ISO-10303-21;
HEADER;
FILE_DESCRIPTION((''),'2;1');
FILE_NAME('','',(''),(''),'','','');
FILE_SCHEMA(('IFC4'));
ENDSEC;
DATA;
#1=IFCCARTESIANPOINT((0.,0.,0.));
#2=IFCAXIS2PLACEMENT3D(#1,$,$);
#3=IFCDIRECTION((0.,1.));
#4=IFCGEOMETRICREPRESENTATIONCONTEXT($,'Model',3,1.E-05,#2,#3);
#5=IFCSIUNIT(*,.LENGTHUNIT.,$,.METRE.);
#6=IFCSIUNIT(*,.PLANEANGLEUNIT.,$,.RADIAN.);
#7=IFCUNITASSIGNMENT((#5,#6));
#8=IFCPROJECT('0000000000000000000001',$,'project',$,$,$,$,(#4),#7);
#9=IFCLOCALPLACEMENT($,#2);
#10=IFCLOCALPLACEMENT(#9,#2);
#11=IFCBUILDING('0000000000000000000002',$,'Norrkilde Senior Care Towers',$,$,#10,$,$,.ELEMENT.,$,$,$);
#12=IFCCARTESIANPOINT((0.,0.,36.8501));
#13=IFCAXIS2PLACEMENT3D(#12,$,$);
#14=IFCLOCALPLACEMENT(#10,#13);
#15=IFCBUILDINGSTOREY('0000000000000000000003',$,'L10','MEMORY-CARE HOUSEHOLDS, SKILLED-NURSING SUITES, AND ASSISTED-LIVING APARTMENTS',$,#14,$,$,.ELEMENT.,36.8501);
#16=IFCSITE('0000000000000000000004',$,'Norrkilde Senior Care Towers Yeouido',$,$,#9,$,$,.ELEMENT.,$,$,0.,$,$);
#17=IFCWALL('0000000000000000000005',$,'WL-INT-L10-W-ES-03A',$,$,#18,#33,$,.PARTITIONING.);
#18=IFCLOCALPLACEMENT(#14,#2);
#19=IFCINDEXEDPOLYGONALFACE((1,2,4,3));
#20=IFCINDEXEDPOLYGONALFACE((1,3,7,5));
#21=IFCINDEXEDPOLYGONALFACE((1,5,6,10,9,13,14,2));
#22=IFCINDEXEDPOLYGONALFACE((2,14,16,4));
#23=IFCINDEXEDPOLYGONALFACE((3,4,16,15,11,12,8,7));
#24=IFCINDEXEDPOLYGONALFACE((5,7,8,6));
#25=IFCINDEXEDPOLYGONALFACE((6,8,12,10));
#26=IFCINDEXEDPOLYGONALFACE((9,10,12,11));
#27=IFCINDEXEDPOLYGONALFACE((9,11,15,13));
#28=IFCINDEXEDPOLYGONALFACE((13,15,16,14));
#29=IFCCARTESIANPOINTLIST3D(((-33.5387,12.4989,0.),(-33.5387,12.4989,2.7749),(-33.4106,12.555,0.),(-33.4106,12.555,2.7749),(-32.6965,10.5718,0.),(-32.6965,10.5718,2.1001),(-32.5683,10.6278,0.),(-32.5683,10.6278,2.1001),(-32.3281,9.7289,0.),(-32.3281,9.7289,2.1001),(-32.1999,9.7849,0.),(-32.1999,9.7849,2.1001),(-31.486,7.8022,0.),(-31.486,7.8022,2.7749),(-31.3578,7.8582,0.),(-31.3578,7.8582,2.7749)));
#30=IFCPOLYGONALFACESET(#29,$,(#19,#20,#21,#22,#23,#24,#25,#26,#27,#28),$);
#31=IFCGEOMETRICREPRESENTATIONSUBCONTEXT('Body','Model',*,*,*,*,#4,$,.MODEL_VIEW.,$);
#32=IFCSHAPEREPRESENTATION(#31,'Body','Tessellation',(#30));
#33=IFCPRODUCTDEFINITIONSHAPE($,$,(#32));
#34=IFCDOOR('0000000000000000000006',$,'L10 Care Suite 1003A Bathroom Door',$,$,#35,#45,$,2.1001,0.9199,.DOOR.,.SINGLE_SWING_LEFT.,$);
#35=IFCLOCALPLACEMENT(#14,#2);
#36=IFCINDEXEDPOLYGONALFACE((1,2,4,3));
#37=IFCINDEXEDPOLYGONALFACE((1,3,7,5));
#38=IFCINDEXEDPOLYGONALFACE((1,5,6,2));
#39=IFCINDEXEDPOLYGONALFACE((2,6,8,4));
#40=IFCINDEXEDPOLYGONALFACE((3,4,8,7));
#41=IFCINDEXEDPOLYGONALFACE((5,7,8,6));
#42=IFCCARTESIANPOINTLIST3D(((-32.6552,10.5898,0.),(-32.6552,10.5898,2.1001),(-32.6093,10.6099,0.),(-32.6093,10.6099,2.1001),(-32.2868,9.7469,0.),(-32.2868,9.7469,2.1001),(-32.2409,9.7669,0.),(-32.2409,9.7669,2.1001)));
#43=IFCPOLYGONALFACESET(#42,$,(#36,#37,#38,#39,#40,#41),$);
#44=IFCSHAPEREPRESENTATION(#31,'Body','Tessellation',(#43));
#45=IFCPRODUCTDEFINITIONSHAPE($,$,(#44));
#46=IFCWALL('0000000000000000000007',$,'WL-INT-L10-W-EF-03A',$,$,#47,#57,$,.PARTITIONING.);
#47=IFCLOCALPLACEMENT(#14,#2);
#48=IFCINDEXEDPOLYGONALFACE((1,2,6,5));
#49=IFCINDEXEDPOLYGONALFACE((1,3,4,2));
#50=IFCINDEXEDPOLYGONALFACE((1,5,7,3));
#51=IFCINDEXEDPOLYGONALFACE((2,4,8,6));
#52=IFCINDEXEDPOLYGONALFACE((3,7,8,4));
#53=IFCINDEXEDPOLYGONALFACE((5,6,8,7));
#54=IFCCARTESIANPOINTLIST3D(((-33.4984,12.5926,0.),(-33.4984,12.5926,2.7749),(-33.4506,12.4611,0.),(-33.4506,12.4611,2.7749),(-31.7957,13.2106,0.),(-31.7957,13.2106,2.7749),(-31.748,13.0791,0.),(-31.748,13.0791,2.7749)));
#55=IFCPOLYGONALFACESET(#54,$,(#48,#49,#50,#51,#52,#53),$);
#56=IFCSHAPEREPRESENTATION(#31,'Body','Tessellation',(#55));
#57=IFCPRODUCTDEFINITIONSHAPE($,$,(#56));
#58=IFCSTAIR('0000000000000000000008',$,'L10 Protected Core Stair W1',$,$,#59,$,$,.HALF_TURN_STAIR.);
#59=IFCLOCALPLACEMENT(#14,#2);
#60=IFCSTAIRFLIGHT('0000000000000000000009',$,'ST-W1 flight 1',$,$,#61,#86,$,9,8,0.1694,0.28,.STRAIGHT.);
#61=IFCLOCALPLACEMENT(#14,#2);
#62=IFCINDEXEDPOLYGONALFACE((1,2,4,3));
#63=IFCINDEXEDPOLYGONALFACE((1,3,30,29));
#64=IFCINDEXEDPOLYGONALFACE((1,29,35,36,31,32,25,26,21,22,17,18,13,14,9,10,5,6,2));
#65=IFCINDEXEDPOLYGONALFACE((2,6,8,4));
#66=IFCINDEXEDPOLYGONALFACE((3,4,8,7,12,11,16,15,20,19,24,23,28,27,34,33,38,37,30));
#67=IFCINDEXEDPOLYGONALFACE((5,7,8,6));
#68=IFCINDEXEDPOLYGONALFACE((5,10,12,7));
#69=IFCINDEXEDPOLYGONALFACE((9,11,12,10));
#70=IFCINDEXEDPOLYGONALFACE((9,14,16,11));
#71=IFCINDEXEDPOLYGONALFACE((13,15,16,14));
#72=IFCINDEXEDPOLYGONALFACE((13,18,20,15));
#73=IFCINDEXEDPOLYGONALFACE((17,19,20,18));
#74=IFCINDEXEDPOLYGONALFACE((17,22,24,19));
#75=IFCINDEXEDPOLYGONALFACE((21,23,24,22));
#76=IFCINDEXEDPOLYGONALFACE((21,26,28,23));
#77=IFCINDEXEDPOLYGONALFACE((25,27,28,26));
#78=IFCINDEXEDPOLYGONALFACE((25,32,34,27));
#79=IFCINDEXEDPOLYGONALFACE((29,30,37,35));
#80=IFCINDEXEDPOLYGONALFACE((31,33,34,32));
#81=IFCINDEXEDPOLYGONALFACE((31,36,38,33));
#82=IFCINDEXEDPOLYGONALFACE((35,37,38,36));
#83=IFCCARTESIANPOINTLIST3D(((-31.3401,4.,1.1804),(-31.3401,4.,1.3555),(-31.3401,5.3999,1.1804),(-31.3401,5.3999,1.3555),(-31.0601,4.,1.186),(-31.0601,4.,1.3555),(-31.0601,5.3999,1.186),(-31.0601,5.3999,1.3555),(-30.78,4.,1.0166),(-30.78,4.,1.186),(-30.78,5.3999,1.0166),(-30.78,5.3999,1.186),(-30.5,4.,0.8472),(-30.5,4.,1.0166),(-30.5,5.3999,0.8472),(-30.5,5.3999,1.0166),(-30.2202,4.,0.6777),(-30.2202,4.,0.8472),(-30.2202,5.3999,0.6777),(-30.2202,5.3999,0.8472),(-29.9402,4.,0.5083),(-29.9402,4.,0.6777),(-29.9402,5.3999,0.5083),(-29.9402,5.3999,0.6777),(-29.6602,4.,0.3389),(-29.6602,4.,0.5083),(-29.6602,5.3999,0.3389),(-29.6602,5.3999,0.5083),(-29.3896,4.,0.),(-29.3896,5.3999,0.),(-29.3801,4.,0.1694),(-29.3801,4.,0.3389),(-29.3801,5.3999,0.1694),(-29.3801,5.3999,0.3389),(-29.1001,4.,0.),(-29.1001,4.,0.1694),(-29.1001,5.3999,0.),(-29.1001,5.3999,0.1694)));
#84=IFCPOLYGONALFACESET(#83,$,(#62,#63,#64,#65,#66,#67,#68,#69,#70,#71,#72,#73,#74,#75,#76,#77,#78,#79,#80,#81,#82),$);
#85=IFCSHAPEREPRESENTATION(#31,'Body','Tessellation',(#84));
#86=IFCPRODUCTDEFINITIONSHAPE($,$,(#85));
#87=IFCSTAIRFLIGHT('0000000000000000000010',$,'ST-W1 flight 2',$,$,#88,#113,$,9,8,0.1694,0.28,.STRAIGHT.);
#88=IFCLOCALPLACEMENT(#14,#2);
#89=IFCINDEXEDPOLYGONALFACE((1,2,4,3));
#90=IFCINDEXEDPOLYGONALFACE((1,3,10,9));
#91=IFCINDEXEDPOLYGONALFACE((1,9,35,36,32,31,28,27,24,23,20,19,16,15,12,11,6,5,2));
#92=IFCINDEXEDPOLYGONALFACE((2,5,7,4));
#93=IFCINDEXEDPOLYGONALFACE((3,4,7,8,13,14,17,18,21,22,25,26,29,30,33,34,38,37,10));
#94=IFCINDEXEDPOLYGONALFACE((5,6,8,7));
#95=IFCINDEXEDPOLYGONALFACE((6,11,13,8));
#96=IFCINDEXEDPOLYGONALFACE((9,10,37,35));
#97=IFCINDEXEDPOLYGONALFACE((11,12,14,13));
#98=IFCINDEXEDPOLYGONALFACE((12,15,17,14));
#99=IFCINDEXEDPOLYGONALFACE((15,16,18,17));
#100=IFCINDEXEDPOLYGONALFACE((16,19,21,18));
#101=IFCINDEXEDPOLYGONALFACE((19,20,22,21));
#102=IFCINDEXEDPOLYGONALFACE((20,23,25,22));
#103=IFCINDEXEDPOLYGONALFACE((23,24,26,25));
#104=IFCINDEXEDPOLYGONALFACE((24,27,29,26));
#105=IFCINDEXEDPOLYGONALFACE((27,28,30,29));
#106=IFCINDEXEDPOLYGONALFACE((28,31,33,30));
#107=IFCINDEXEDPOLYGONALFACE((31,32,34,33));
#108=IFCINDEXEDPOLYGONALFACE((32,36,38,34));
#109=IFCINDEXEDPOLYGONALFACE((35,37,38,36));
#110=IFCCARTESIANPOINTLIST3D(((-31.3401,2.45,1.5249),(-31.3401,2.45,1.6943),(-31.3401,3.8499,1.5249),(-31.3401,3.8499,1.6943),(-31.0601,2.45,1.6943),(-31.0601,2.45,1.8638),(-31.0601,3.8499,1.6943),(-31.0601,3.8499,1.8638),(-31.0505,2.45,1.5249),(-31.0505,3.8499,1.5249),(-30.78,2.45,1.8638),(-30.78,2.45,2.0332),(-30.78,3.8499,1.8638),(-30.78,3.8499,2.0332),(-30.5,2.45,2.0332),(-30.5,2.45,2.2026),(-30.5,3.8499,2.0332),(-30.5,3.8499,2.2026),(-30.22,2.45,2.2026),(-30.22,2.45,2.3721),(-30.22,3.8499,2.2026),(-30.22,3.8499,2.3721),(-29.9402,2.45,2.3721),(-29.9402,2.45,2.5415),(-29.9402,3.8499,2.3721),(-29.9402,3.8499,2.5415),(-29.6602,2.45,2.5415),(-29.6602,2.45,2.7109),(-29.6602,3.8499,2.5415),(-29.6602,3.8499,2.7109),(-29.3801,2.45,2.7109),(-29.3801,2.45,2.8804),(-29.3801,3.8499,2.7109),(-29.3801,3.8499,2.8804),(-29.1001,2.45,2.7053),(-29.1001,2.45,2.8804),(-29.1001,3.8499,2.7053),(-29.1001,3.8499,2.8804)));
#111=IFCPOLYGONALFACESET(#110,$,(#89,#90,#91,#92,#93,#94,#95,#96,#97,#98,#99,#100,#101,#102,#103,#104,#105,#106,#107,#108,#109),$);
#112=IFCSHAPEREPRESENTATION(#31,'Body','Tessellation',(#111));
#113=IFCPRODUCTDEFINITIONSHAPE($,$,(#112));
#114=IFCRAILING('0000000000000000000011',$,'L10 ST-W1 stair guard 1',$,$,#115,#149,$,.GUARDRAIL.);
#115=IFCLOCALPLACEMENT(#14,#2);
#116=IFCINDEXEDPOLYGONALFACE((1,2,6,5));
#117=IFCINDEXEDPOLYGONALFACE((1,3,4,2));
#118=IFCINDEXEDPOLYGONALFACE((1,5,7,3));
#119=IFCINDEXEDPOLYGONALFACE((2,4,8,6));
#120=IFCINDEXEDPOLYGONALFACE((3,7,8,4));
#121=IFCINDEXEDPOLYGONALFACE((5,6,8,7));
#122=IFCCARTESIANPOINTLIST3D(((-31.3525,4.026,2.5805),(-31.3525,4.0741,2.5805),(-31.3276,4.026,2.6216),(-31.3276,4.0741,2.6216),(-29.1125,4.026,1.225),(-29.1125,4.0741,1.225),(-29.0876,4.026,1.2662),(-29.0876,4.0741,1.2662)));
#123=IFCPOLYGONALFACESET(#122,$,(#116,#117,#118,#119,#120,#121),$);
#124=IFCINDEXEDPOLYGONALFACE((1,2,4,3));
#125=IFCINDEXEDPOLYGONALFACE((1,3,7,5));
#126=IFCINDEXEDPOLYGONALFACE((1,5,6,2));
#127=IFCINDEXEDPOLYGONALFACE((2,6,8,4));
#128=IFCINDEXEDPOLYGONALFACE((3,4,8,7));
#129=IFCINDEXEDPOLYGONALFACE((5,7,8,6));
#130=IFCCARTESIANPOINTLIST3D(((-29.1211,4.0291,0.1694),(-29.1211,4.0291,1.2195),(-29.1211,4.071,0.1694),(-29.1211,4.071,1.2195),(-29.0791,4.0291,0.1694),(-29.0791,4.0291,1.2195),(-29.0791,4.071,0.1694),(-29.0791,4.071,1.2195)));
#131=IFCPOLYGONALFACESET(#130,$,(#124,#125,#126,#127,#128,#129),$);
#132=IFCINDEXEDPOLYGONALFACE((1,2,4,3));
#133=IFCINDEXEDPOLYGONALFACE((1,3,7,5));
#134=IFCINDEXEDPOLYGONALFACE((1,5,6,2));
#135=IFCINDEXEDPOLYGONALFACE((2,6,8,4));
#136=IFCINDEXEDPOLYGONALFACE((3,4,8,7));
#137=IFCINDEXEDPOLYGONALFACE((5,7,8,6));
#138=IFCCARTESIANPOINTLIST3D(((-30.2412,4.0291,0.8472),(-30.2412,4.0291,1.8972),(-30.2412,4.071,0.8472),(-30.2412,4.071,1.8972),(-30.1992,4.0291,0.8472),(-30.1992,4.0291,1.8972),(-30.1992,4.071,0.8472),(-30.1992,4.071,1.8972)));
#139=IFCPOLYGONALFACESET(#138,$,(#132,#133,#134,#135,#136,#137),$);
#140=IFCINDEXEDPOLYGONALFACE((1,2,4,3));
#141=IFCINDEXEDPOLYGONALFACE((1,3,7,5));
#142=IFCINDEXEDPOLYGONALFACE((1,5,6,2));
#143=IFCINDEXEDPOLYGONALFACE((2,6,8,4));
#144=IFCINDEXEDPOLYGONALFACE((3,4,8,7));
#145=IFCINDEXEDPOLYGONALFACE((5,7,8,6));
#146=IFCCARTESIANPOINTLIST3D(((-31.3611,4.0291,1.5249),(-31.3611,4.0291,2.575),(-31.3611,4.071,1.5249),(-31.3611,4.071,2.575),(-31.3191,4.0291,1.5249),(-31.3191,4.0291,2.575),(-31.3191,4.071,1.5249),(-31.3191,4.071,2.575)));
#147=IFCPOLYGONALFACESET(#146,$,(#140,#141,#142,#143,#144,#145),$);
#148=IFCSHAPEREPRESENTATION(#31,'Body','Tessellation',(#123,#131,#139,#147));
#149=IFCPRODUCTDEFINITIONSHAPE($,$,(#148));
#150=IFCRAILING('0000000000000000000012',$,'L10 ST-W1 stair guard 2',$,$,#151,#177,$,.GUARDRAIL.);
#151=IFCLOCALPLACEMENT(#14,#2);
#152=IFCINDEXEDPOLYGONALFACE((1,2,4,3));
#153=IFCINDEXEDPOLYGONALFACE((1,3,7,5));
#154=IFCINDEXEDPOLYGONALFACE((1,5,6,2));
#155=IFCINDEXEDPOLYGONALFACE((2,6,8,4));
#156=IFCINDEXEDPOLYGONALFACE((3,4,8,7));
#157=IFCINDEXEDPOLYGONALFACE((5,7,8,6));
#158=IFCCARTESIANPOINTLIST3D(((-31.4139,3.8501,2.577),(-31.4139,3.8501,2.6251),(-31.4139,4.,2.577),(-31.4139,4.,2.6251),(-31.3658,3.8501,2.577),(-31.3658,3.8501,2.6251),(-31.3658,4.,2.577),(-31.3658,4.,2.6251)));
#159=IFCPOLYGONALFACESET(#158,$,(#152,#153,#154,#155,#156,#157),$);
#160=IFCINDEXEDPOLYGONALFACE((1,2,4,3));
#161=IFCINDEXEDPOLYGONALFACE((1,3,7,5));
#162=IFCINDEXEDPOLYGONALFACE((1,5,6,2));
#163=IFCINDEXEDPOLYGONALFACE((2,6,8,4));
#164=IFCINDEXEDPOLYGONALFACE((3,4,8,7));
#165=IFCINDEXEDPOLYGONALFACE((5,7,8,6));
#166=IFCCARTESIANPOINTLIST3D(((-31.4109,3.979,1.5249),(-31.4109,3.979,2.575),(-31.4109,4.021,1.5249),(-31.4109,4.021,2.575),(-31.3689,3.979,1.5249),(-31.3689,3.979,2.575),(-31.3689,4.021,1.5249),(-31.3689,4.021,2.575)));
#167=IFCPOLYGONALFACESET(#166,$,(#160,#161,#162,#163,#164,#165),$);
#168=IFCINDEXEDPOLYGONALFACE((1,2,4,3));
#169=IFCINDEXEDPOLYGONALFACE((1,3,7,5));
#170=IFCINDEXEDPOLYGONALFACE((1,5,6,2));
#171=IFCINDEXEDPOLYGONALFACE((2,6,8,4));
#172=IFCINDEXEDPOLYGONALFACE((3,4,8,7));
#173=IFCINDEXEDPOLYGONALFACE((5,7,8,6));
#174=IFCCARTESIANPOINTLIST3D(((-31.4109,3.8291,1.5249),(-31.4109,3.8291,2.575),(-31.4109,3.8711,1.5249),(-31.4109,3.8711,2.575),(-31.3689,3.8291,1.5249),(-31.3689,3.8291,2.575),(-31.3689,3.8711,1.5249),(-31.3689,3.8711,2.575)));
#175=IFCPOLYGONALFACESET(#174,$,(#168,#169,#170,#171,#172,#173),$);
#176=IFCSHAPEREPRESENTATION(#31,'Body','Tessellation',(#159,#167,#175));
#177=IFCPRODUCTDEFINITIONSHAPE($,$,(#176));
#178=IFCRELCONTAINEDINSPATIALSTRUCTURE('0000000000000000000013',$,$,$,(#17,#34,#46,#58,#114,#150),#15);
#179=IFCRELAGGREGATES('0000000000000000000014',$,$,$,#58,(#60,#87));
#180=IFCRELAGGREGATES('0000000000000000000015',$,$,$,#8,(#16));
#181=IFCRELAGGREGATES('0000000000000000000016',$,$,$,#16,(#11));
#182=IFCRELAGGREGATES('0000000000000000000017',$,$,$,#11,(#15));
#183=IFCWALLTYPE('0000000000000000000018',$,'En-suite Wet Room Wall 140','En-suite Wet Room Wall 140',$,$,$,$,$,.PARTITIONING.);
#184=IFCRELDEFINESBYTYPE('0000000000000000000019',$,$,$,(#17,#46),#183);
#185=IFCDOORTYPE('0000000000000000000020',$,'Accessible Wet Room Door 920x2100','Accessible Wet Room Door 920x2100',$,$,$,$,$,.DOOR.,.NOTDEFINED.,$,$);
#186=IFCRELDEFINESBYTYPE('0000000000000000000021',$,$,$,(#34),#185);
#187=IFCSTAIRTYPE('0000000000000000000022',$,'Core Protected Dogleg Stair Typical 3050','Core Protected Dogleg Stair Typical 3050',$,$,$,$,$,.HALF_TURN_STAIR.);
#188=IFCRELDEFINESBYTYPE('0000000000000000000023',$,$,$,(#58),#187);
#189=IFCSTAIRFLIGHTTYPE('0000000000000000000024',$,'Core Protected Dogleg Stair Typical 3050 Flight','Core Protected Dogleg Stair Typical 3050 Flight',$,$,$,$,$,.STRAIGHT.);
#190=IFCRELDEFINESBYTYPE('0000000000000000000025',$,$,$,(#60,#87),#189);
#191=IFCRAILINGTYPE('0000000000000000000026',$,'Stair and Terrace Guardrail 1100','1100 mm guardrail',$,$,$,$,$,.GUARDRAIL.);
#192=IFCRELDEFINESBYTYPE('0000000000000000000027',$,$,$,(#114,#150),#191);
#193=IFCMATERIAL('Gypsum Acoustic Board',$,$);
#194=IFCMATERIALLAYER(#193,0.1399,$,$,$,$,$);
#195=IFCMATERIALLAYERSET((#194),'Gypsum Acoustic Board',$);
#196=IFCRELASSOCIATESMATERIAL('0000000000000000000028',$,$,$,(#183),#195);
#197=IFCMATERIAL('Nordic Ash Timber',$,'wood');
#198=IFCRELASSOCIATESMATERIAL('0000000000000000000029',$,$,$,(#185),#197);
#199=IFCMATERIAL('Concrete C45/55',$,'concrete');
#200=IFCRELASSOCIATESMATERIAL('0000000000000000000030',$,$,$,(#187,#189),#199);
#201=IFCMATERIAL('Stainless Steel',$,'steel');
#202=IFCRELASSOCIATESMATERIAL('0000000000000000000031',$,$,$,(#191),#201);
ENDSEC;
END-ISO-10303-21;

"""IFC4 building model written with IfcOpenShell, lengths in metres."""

from ifc_helpers import new_model, si_unit, direction, frame, frame_2d, origin, origin_2d, place, context, subcontext, project, spatial, polyline, rectangle, outline, extrude, source, transform, mapped, material, layer, layer_set, type_object, type_shapes, element, fill, aggregate, save


model = new_model("IFC4")

# Units and contexts
model_context = context("Model", 3, precision=1e-05, world=origin(), true_north=direction((0.0, 1.0)))
body_context = subcontext(model_context, "Body", "Model", "MODEL_VIEW")
ifc_project = project(units=[si_unit("LENGTHUNIT", "METRE"), si_unit("PLANEANGLEUNIT", "RADIAN")], contexts=[model_context])

# Site, building, storey
site_placement = place(None, origin())
site = spatial("IfcSite", under=ifc_project, at=site_placement, Name="Norrkilde Senior Care Towers Yeouido", CompositionType="ELEMENT", RefElevation=0.0)
building_placement = place(site_placement, origin())
building = spatial("IfcBuilding", under=site, at=building_placement, Name="Norrkilde Senior Care Towers", CompositionType="ELEMENT")
storey_placement = place(building_placement, frame((0.0, 0.0, 36.8501)))
storey = spatial("IfcBuildingStorey", under=building, at=storey_placement, Name="L10", Description="MEMORY-CARE HOUSEHOLDS, SKILLED-NURSING SUITES, AND ASSISTED-LIVING APARTMENTS", CompositionType="ELEMENT", Elevation=36.8501)

# Shared definitions
ifc_material_1 = material(Name="Concrete C45/55", Category="concrete")
ifc_material_2 = material(Name="Gypsum Acoustic Board")

# Wall, opening, door
ifc_layer_1 = layer(ifc_material_2, 0.1399)
ifc_layer_set_1 = layer_set([ifc_layer_1], Name="Gypsum Acoustic Board")
wall_type_1 = type_object("IfcWallType", Name="En-suite Wet Room Wall 140", Description="En-suite Wet Room Wall 140", PredefinedType="PARTITIONING", material=ifc_layer_set_1)
shared_shape_1 = source(origin(), body_context, "Body", "SweptSolid", [
    extrude(rectangle(XDim=5.1257, YDim=0.1399, at=frame_2d((2.563, 0.0))), origin(), (0.0, 0.0, 1.0), 2.7749),
])
wall_1_placement = place(storey_placement, frame((-31.4219, 7.8301, 0.0), z_axis=(0.0, 0.0, 1.0), x_axis=(-0.400474, 0.916308, 0.0)))
wall_1 = element("IfcWall", 1, at=wall_1_placement, inside=storey, type_object=wall_type_1, Name="WL-INT-L10-W-ES-03A", PredefinedType="PARTITIONING", context=body_context, shape_type="MappedRepresentation", body=[
    mapped(shared_shape_1, transform((0.0, 0.0, 0.0), x_axis=(1.0, 0.0, 0.0), y_axis=(0.0, 1.0, 0.0), z_axis=(0.0, 0.0, 1.0), scale=1.0)),
])
opening_placement = place(wall_1_placement, frame((2.1028, 0.0, 0.0)))
opening = element("IfcOpeningElement", 2, at=opening_placement, cuts=wall_1, PredefinedType="OPENING", context=body_context, shape_type="SweptSolid", body=[
    extrude(rectangle(XDim=0.9199, YDim=2.1001, at=frame_2d((0.46, 1.05))), frame((0.0, 0.0798, 0.0), z_axis=(0.0, -1.0, 0.0), x_axis=(1.0, 0.0, 0.0)), (0.0, 0.0, 1.0), 0.1599),
])
ifc_material_3 = material(Name="Nordic Ash Timber", Category="wood")
door_type = type_object("IfcDoorType", Name="Accessible Wet Room Door 920x2100", Description="Accessible Wet Room Door 920x2100", OperationType="NOTDEFINED", PredefinedType="DOOR", material=ifc_material_3)
shared_shape_2 = source(origin(), body_context, "Body", "SweptSolid", [
    extrude(rectangle(XDim=0.9199, YDim=2.1001, at=frame_2d((0.46, 1.05))), frame((0.0, 0.0249, 0.0), z_axis=(0.0, -1.0, 0.0), x_axis=(1.0, 0.0, 0.0)), (0.0, 0.0, 1.0), 0.05),
])
type_shapes(door_type, [shared_shape_2])
door_placement = place(opening_placement, origin())
door = element("IfcDoor", 3, at=door_placement, inside=storey, type_object=door_type, Name="L10 Care Suite 1003A Bathroom Door", OperationType="SINGLE_SWING_LEFT", OverallHeight=2.1001, OverallWidth=0.9199, PredefinedType="DOOR", context=body_context, shape_type="MappedRepresentation", body=[
    mapped(shared_shape_2, transform((0.0, 0.0, 0.0), x_axis=(1.0, 0.0, 0.0), y_axis=(0.0, 1.0, 0.0), z_axis=(0.0, 0.0, 1.0), scale=1.0)),
])
fill(opening, door)

# Wall
shared_shape_3 = source(origin(), body_context, "Body", "SweptSolid", [
    extrude(rectangle(XDim=1.8113, YDim=0.1399, at=frame_2d((0.9058, 0.0))), origin(), (0.0, 0.0, 1.0), 2.7749),
])
type_shapes(wall_type_1, [shared_shape_1, shared_shape_3])
wall_2_placement = place(storey_placement, frame((-33.4746, 12.5269, 0.0), z_axis=(0.0, 0.0, 1.0), x_axis=(0.94001, 0.341148, 0.0)))
element("IfcWall", 4, at=wall_2_placement, inside=storey, type_object=wall_type_1, Name="WL-INT-L10-W-EF-03A", PredefinedType="PARTITIONING", context=body_context, shape_type="MappedRepresentation", body=[
    mapped(shared_shape_3, transform((0.0, 0.0, 0.0), x_axis=(1.0, 0.0, 0.0), y_axis=(0.0, 1.0, 0.0), z_axis=(0.0, 0.0, 1.0), scale=1.0)),
])

# Stair, stair flights
stair_type = type_object("IfcStairType", Name="Core Protected Dogleg Stair Typical 3050", Description="Core Protected Dogleg Stair Typical 3050", PredefinedType="HALF_TURN_STAIR", material=ifc_material_1)
stair_placement = place(storey_placement, origin())
stair = element("IfcStair", 5, at=stair_placement, inside=storey, type_object=stair_type, Name="L10 Protected Core Stair W1", PredefinedType="HALF_TURN_STAIR")
stair_flight_type = type_object("IfcStairFlightType", Name="Core Protected Dogleg Stair Typical 3050 Flight", Description="Core Protected Dogleg Stair Typical 3050 Flight", PredefinedType="STRAIGHT", material=ifc_material_1)
stair_flight_1_placement = place(storey_placement, frame((-29.1001, 4.7, 0.0), z_axis=(0.0, 0.0, 1.0), x_axis=(-1.0, 0.0, 0.0)))
stair_flight_1 = element("IfcStairFlight", 6, at=stair_flight_1_placement, type_object=stair_flight_type, Name="ST-W1 flight 1", NumberOfRisers=9, NumberOfTreads=8, PredefinedType="STRAIGHT", RiserHeight=0.1694, TreadLength=0.28, context=body_context, shape_type="SweptSolid", body=[
    extrude(outline(polyline([(0.0, 0.0), (0.0, 0.1694), (0.28, 0.1694), (0.28, 0.3389), (0.5601, 0.3389), (0.5601, 0.5083), (0.8401, 0.5083), (0.8401, 0.6777), (1.1201, 0.6777), (1.1201, 0.8472), (1.3999, 0.8472), (1.3999, 1.0166), (1.6799, 1.0166), (1.6799, 1.186), (1.96, 1.186), (1.96, 1.3555), (2.24, 1.3555), (2.24, 1.5249), (2.24, 1.1804), (0.2896, 0.0), (0.0, 0.0)])), frame((0.0, 0.7, 0.0), z_axis=(0.0, -1.0, 0.0), x_axis=(1.0, 0.0, 0.0)), (0.0, 0.0, 1.0), 1.3999),
])
stair_flight_2_placement = place(storey_placement, frame((-31.3401, 3.1499, 1.5249), z_axis=(0.0, 0.0, 1.0), x_axis=(1.0, 0.0, 0.0)))
stair_flight_2 = element("IfcStairFlight", 7, at=stair_flight_2_placement, type_object=stair_flight_type, Name="ST-W1 flight 2", NumberOfRisers=9, NumberOfTreads=8, PredefinedType="STRAIGHT", RiserHeight=0.1694, TreadLength=0.28, context=body_context, shape_type="SweptSolid", body=[
    extrude(outline(polyline([(0.0, 0.0), (0.0, 0.1694), (0.28, 0.1694), (0.28, 0.3389), (0.5601, 0.3389), (0.5601, 0.5083), (0.8401, 0.5083), (0.8401, 0.6777), (1.1201, 0.6777), (1.1201, 0.8472), (1.3999, 0.8472), (1.3999, 1.0166), (1.6799, 1.0166), (1.6799, 1.186), (1.96, 1.186), (1.96, 1.3555), (2.24, 1.3555), (2.24, 1.5249), (2.24, 1.1804), (0.2896, 0.0), (0.0, 0.0)])), frame((0.0, 0.7, 0.0), z_axis=(0.0, -1.0, 0.0), x_axis=(1.0, 0.0, 0.0)), (0.0, 0.0, 1.0), 1.3999),
])
aggregate(stair, [stair_flight_1, stair_flight_2])

# Railings
ifc_material_4 = material(Name="Stainless Steel", Category="steel")
railing_type_1 = type_object("IfcRailingType", Name="Stair and Terrace Guardrail 1100", Description="1100 mm guardrail", PredefinedType="GUARDRAIL", material=ifc_material_4)
railing_1_placement = place(storey_placement, frame((-29.1001, 4.05, 0.1694)))
element("IfcRailing", 8, at=railing_1_placement, inside=storey, type_object=railing_type_1, Name="L10 ST-W1 stair guard 1", PredefinedType="GUARDRAIL", context=body_context, shape_type="SweptSolid", body=[
    extrude(rectangle(XDim=0.0481, YDim=0.0481, at=origin_2d()), frame((0.0, 0.0, 1.0762), z_axis=(-0.855553, 0.0, 0.517715), x_axis=(0.0, -1.0, 0.0)), (0.0, 0.0, 1.0), 2.6182),
    extrude(rectangle(XDim=0.042, YDim=0.042, at=origin_2d()), origin(), (0.0, 0.0, 1.0), 1.05),
    extrude(rectangle(XDim=0.042, YDim=0.042, at=origin_2d()), frame((-1.1201, 0.0, 0.6777)), (0.0, 0.0, 1.0), 1.05),
    extrude(rectangle(XDim=0.042, YDim=0.042, at=origin_2d()), frame((-2.24, 0.0, 1.3555)), (0.0, 0.0, 1.0), 1.05),
])
railing_2_placement = place(storey_placement, frame((-31.3899, 4.0, 1.5249)))
element("IfcRailing", 9, at=railing_2_placement, inside=storey, type_object=railing_type_1, Name="L10 ST-W1 stair guard 2", PredefinedType="GUARDRAIL", context=body_context, shape_type="SweptSolid", body=[
    extrude(rectangle(XDim=0.0481, YDim=0.0481, at=origin_2d()), frame((0.0, 0.0, 1.0762), z_axis=(0.0, -1.0, 0.0), x_axis=(1.0, 0.0, 0.0)), (0.0, 0.0, 1.0), 0.1499),
    extrude(rectangle(XDim=0.042, YDim=0.042, at=origin_2d()), origin(), (0.0, 0.0, 1.0), 1.05),
    extrude(rectangle(XDim=0.042, YDim=0.042, at=origin_2d()), frame((0.0, -0.1499, 0.0)), (0.0, 0.0, 1.0), 1.05),
])

save(model, "model.ifc")
